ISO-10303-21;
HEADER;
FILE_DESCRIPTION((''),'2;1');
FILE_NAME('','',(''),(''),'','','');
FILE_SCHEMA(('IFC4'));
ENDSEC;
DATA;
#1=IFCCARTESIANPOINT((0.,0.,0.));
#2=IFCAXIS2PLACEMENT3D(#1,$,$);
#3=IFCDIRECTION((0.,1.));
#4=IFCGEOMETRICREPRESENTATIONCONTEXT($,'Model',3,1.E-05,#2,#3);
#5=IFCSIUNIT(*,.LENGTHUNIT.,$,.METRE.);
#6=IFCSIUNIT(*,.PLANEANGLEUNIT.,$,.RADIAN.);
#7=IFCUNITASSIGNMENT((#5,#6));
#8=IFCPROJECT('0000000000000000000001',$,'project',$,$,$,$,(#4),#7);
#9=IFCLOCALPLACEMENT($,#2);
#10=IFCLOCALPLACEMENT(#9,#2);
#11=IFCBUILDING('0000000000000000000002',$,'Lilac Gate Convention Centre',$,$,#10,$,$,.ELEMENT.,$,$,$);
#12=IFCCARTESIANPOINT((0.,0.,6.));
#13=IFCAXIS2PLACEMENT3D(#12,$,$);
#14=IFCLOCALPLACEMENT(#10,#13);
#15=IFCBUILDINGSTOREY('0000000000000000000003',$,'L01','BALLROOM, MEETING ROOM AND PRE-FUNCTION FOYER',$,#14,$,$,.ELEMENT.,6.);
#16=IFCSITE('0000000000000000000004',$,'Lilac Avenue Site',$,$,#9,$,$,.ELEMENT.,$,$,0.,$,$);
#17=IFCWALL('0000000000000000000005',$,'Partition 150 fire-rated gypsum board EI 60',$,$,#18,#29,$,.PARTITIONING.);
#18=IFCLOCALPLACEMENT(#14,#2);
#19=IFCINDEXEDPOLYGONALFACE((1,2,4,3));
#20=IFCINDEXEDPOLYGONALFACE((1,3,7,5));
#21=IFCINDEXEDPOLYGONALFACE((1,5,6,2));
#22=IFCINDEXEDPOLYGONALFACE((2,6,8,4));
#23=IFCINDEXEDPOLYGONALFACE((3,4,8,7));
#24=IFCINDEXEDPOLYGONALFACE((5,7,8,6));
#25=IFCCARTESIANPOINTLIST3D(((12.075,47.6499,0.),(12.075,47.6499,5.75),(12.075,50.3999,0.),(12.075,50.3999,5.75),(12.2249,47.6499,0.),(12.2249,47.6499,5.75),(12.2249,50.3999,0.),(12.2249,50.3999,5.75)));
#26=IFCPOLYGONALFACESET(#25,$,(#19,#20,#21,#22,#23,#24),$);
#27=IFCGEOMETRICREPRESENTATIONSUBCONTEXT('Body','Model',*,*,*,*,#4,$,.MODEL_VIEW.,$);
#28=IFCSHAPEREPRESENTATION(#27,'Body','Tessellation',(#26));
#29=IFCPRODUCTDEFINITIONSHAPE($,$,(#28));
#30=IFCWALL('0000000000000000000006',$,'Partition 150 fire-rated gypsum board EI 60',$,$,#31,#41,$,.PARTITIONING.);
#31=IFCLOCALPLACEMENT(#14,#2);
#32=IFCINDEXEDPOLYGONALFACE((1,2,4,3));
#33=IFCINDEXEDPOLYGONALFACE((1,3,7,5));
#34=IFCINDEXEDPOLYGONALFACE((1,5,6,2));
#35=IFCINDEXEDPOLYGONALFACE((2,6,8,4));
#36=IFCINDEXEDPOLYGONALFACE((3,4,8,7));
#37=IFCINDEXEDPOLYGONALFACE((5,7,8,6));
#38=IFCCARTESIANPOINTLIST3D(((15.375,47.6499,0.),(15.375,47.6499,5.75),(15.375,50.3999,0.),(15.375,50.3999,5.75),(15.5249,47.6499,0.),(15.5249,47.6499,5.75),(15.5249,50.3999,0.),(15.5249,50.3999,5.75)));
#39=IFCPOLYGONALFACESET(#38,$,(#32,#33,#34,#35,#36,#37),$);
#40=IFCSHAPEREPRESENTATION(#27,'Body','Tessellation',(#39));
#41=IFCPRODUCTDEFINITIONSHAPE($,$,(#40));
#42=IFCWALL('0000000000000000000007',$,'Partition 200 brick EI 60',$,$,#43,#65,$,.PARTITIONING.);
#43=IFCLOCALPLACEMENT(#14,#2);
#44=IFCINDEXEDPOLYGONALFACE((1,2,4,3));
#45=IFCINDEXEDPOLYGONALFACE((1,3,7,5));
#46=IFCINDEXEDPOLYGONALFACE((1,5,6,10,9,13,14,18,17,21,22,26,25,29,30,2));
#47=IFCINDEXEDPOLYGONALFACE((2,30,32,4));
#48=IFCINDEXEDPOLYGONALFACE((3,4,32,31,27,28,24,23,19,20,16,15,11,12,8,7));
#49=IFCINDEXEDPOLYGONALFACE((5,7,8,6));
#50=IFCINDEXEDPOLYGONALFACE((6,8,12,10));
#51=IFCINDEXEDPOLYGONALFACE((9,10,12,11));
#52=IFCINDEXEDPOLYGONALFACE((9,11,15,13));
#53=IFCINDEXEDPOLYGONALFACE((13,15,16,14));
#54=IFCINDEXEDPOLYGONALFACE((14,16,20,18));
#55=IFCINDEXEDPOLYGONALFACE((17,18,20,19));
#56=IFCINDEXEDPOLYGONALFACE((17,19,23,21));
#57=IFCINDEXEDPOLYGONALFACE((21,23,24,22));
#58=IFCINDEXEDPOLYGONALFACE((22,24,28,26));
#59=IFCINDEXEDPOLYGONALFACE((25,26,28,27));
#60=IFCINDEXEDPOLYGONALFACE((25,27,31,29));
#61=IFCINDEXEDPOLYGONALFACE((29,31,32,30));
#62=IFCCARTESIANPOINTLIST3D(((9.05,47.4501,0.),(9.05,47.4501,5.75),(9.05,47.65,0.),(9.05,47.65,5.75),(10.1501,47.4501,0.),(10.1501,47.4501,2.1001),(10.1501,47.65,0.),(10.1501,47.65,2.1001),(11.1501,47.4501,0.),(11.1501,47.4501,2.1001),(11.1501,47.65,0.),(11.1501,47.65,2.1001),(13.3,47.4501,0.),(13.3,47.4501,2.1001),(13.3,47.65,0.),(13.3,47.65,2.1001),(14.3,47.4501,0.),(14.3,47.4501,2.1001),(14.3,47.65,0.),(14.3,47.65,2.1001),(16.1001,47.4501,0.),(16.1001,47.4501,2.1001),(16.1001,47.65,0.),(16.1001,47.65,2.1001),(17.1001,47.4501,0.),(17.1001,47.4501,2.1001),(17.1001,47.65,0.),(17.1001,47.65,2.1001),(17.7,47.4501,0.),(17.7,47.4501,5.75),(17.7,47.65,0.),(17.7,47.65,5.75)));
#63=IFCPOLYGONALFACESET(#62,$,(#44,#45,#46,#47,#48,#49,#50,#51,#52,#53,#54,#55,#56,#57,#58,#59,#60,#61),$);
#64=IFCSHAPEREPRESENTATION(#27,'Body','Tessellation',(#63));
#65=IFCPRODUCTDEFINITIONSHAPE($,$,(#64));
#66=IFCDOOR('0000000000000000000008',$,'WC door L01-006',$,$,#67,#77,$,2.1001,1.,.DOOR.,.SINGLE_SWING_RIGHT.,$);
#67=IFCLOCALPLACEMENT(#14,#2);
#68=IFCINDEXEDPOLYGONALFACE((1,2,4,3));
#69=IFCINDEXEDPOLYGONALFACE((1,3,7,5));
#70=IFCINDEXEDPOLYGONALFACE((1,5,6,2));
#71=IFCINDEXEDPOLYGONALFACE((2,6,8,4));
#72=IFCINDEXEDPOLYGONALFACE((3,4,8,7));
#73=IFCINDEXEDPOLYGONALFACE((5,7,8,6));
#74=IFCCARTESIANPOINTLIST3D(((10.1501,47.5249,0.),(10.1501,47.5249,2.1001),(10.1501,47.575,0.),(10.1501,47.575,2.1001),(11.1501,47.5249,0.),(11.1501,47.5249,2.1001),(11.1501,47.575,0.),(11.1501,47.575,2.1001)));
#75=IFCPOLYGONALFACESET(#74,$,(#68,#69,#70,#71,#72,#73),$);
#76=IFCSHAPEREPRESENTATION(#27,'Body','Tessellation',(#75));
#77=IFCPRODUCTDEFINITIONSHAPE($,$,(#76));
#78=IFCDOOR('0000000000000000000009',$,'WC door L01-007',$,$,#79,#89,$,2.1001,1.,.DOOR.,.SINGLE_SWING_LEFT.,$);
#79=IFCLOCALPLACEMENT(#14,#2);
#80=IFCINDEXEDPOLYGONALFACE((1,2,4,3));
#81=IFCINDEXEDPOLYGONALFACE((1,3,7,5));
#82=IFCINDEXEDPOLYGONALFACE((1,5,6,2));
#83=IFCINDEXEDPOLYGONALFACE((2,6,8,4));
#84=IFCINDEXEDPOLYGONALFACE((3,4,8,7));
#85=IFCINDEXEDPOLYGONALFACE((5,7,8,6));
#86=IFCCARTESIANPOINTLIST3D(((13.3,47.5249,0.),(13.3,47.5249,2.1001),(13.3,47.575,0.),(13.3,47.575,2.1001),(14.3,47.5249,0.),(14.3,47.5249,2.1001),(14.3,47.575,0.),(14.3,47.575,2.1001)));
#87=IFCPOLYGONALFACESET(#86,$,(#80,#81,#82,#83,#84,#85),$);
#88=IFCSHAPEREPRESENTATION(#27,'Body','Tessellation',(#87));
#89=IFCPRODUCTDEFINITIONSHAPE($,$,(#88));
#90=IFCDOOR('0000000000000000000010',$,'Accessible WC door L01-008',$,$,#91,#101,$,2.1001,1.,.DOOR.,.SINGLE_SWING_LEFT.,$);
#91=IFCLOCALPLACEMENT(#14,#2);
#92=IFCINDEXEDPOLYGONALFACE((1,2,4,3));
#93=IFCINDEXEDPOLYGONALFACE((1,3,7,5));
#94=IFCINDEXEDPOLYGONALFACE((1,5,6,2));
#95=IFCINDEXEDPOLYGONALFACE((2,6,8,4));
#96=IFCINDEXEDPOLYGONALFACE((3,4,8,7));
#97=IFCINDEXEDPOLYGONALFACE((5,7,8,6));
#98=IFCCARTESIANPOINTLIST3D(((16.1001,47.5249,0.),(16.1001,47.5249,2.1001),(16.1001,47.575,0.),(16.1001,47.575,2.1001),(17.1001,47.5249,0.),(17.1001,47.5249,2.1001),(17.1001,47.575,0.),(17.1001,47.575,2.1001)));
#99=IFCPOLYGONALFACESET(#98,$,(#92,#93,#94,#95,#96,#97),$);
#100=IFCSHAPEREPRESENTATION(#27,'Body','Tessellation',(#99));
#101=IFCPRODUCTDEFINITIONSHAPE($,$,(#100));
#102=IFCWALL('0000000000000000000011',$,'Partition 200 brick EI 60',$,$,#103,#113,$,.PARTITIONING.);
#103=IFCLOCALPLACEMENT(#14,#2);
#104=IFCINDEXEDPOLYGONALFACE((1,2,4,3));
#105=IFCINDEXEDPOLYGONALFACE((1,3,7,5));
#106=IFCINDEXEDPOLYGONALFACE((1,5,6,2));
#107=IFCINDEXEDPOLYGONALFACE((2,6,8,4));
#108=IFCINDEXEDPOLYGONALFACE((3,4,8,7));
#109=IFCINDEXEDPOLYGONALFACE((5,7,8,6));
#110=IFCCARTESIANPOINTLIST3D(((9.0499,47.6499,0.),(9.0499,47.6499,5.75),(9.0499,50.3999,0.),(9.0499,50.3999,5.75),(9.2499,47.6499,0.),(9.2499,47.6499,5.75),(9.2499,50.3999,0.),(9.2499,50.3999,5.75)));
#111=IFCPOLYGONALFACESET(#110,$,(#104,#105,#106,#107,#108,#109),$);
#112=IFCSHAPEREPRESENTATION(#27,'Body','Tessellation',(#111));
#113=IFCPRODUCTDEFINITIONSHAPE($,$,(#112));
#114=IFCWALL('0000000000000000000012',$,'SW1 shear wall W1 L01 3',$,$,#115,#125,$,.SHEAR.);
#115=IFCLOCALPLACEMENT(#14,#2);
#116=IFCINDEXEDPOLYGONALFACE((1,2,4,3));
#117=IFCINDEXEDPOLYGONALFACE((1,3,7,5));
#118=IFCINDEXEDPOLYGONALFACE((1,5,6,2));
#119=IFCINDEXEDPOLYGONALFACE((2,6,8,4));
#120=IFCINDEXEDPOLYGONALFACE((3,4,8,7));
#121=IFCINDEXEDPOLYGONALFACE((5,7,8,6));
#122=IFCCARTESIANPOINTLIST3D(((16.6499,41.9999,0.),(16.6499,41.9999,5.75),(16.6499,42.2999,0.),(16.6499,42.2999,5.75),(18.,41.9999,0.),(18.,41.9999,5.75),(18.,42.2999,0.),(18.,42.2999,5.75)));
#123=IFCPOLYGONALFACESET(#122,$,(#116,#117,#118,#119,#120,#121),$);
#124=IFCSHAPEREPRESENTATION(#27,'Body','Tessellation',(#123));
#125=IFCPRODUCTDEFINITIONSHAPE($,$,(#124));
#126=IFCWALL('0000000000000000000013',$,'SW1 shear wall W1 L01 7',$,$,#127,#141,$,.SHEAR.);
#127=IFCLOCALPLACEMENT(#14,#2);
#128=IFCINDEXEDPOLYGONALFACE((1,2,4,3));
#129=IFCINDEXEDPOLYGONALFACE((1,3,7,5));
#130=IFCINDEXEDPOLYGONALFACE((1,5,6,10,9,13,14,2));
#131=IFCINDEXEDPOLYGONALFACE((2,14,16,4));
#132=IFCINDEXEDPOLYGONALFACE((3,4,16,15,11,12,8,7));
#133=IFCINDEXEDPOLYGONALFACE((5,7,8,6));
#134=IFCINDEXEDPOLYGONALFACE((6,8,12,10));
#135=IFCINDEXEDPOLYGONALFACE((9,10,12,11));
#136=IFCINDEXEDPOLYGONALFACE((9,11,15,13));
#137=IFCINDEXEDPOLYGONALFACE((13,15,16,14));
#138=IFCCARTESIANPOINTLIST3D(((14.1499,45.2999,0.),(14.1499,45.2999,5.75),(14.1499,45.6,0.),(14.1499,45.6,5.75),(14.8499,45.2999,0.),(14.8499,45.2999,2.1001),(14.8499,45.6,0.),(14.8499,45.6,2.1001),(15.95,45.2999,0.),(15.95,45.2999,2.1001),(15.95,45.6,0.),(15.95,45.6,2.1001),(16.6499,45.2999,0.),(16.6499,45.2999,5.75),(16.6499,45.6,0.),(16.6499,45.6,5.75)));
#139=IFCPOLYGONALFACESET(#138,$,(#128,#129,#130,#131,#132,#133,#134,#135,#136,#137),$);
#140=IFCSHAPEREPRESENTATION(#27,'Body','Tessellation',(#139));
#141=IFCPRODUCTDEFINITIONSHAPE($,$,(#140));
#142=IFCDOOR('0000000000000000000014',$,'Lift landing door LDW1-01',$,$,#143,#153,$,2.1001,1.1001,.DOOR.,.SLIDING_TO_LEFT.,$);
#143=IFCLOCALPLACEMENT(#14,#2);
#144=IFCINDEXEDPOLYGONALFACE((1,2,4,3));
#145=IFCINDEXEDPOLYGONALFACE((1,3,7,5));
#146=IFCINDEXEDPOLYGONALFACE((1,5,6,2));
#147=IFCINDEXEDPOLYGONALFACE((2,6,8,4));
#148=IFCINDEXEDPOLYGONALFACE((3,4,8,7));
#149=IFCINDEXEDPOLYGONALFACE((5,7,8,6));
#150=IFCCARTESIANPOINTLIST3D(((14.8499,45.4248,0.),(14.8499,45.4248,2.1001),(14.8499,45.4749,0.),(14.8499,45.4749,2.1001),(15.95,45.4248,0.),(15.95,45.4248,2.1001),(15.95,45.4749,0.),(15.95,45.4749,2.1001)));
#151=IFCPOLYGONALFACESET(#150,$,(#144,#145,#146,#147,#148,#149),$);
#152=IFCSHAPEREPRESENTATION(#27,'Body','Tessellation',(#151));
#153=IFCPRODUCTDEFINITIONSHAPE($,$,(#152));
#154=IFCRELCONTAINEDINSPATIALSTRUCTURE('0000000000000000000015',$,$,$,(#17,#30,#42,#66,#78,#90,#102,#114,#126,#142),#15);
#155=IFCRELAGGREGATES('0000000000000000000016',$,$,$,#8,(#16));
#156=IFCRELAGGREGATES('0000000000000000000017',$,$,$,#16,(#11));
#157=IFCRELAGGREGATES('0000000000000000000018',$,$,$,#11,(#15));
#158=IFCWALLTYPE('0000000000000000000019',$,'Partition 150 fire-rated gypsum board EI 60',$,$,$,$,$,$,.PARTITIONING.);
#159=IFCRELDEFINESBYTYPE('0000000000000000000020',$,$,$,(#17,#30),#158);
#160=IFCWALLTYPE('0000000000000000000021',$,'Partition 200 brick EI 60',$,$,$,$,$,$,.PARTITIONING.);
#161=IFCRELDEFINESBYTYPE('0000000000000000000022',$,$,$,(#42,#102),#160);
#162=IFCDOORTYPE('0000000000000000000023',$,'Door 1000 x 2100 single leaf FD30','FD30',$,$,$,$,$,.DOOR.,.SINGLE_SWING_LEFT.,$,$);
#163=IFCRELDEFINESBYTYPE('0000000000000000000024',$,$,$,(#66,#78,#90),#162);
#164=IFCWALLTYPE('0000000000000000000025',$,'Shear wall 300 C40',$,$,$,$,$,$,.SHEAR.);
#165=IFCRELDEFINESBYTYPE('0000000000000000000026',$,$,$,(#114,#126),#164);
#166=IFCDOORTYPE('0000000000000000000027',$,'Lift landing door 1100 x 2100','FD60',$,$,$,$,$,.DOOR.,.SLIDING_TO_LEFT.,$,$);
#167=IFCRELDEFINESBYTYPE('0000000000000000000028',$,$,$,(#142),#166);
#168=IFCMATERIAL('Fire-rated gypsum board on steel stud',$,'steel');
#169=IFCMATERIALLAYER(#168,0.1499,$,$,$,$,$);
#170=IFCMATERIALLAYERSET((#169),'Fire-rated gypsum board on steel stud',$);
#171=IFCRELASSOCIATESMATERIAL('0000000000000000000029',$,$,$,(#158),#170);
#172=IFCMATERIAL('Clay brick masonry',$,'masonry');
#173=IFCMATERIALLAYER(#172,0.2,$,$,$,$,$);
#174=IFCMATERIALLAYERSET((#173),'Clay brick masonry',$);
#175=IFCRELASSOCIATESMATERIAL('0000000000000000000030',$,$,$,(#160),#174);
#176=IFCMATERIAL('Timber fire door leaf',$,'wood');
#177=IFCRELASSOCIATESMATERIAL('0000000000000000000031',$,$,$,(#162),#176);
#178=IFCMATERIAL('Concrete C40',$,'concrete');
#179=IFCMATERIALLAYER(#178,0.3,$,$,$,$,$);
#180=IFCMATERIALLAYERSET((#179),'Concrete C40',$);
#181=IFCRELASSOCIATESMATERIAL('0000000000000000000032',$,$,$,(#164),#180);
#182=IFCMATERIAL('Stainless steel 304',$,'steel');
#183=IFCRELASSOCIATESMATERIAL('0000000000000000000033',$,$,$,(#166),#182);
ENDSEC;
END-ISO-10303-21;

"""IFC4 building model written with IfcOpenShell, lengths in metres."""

from ifc_helpers import new_model, si_unit, direction, frame, frame_2d, origin, place, context, subcontext, project, spatial, rectangle, extrude, material, layer, layer_set, type_object, element, fill, save


model = new_model("IFC4")

# Units and contexts
model_context = context("Model", 3, precision=1e-05, world=origin(), true_north=direction((0.0, 1.0)))
body_context = subcontext(model_context, "Body", "Model", "MODEL_VIEW")
ifc_project = project(units=[si_unit("LENGTHUNIT", "METRE"), si_unit("PLANEANGLEUNIT", "RADIAN")], contexts=[model_context])

# Site, building, storey
site_placement = place(None, origin())
site = spatial("IfcSite", under=ifc_project, at=site_placement, Name="Lilac Avenue Site", CompositionType="ELEMENT", RefElevation=0.0)
building_placement = place(site_placement, origin())
building = spatial("IfcBuilding", under=site, at=building_placement, Name="Lilac Gate Convention Centre", CompositionType="ELEMENT")
storey_placement = place(building_placement, frame((0.0, 0.0, 6.0)))
storey = spatial("IfcBuildingStorey", under=building, at=storey_placement, Name="L01", Description="BALLROOM, MEETING ROOM AND PRE-FUNCTION FOYER", CompositionType="ELEMENT", Elevation=6.0)

# Walls
ifc_material_1 = material(Name="Fire-rated gypsum board on steel stud", Category="steel")
ifc_layer_1 = layer(ifc_material_1, 0.1499)
ifc_layer_set_1 = layer_set([ifc_layer_1], Name="Fire-rated gypsum board on steel stud")
wall_type_1 = type_object("IfcWallType", Name="Partition 150 fire-rated gypsum board EI 60", PredefinedType="PARTITIONING", material=ifc_layer_set_1)
for number, where, z_axis, x_axis, name in (
    (1, (12.1499, 47.6499, 0.0), (0.0, 0.0, 1.0), (0.0, 1.0, 0.0), "Partition 150 fire-rated gypsum board EI 60"),
    (2, (15.45, 47.6499, 0.0), (0.0, 0.0, 1.0), (0.0, 1.0, 0.0), "Partition 150 fire-rated gypsum board EI 60"),
):
    element("IfcWall", number, at=place(storey_placement, frame(where, z_axis=z_axis, x_axis=x_axis)), inside=storey, type_object=wall_type_1, Name=name, PredefinedType="PARTITIONING", context=body_context, shape_type="SweptSolid", body=[
        extrude(rectangle(XDim=2.75, YDim=0.1499, at=frame_2d((1.375, 0.0))), origin(), (0.0, 0.0, 1.0), 5.75),
    ])

# Wall, openings, doors
ifc_material_2 = material(Name="Clay brick masonry", Category="masonry")
ifc_layer_2 = layer(ifc_material_2, 0.2)
ifc_layer_set_2 = layer_set([ifc_layer_2], Name="Clay brick masonry")
wall_type_2 = type_object("IfcWallType", Name="Partition 200 brick EI 60", PredefinedType="PARTITIONING", material=ifc_layer_set_2)
wall_1_placement = place(storey_placement, frame((9.05, 47.55, 0.0), z_axis=(0.0, 0.0, 1.0), x_axis=(1.0, 0.0, 0.0)))
wall_1 = element("IfcWall", 3, at=wall_1_placement, inside=storey, type_object=wall_type_2, Name="Partition 200 brick EI 60", PredefinedType="PARTITIONING", context=body_context, shape_type="SweptSolid", body=[
    extrude(rectangle(XDim=8.6499, YDim=0.2, at=frame_2d((4.325, 0.0))), origin(), (0.0, 0.0, 1.0), 5.75),
])
opening_1_placement = place(wall_1_placement, frame((1.1001, 0.0, 0.0)))
opening_1 = element("IfcOpeningElement", 4, at=opening_1_placement, cuts=wall_1, PredefinedType="OPENING", context=body_context, shape_type="SweptSolid", body=[
    extrude(rectangle(XDim=1.0, YDim=2.1001, at=frame_2d((0.5, 1.05))), frame((0.0, 0.1099, 0.0), z_axis=(0.0, -1.0, 0.0), x_axis=(1.0, 0.0, 0.0)), (0.0, 0.0, 1.0), 0.22),
])
opening_2_placement = place(wall_1_placement, frame((4.25, 0.0, 0.0)))
opening_2 = element("IfcOpeningElement", 5, at=opening_2_placement, cuts=wall_1, PredefinedType="OPENING", context=body_context, shape_type="SweptSolid", body=[
    extrude(rectangle(XDim=1.0, YDim=2.1001, at=frame_2d((0.5, 1.05))), frame((0.0, 0.1099, 0.0), z_axis=(0.0, -1.0, 0.0), x_axis=(1.0, 0.0, 0.0)), (0.0, 0.0, 1.0), 0.22),
])
opening_3_placement = place(wall_1_placement, frame((7.05, 0.0, 0.0)))
opening_3 = element("IfcOpeningElement", 6, at=opening_3_placement, cuts=wall_1, PredefinedType="OPENING", context=body_context, shape_type="SweptSolid", body=[
    extrude(rectangle(XDim=1.0, YDim=2.1001, at=frame_2d((0.5, 1.05))), frame((0.0, 0.1099, 0.0), z_axis=(0.0, -1.0, 0.0), x_axis=(1.0, 0.0, 0.0)), (0.0, 0.0, 1.0), 0.22),
])
ifc_material_3 = material(Name="Timber fire door leaf", Category="wood")
door_type_1 = type_object("IfcDoorType", Name="Door 1000 x 2100 single leaf FD30", Description="FD30", OperationType="SINGLE_SWING_LEFT", PredefinedType="DOOR", material=ifc_material_3)
door_1_placement = place(opening_1_placement, origin())
door_1 = element("IfcDoor", 7, at=door_1_placement, inside=storey, type_object=door_type_1, Name="WC door L01-006", OperationType="SINGLE_SWING_RIGHT", OverallHeight=2.1001, OverallWidth=1.0, PredefinedType="DOOR", context=body_context, shape_type="SweptSolid", body=[
    extrude(rectangle(XDim=1.0, YDim=2.1001, at=frame_2d((0.5, 1.05))), frame((0.0, 0.0249, 0.0), z_axis=(0.0, -1.0, 0.0), x_axis=(1.0, 0.0, 0.0)), (0.0, 0.0, 1.0), 0.05),
])
fill(opening_1, door_1)
door_2_placement = place(opening_2_placement, origin())
door_2 = element("IfcDoor", 8, at=door_2_placement, inside=storey, type_object=door_type_1, Name="WC door L01-007", OperationType="SINGLE_SWING_LEFT", OverallHeight=2.1001, OverallWidth=1.0, PredefinedType="DOOR", context=body_context, shape_type="SweptSolid", body=[
    extrude(rectangle(XDim=1.0, YDim=2.1001, at=frame_2d((0.5, 1.05))), frame((0.0, 0.0249, 0.0), z_axis=(0.0, -1.0, 0.0), x_axis=(1.0, 0.0, 0.0)), (0.0, 0.0, 1.0), 0.05),
])
fill(opening_2, door_2)
door_3_placement = place(opening_3_placement, origin())
door_3 = element("IfcDoor", 9, at=door_3_placement, inside=storey, type_object=door_type_1, Name="Accessible WC door L01-008", OperationType="SINGLE_SWING_LEFT", OverallHeight=2.1001, OverallWidth=1.0, PredefinedType="DOOR", context=body_context, shape_type="SweptSolid", body=[
    extrude(rectangle(XDim=1.0, YDim=2.1001, at=frame_2d((0.5, 1.05))), frame((0.0, 0.0249, 0.0), z_axis=(0.0, -1.0, 0.0), x_axis=(1.0, 0.0, 0.0)), (0.0, 0.0, 1.0), 0.05),
])
fill(opening_3, door_3)

# Walls
wall_2_placement = place(storey_placement, frame((9.1499, 47.6499, 0.0), z_axis=(0.0, 0.0, 1.0), x_axis=(0.0, 1.0, 0.0)))
element("IfcWall", 10, at=wall_2_placement, inside=storey, type_object=wall_type_2, Name="Partition 200 brick EI 60", PredefinedType="PARTITIONING", context=body_context, shape_type="SweptSolid", body=[
    extrude(rectangle(XDim=2.75, YDim=0.2, at=frame_2d((1.375, 0.0))), origin(), (0.0, 0.0, 1.0), 5.75),
])
ifc_material_4 = material(Name="Concrete C40", Category="concrete")
ifc_layer_3 = layer(ifc_material_4, 0.3)
ifc_layer_set_3 = layer_set([ifc_layer_3], Name="Concrete C40")
wall_type_3 = type_object("IfcWallType", Name="Shear wall 300 C40", PredefinedType="SHEAR", material=ifc_layer_set_3)
wall_3_placement = place(storey_placement, frame((16.6499, 42.1499, 0.0), z_axis=(0.0, 0.0, 1.0), x_axis=(1.0, 0.0, 0.0)))
element("IfcWall", 11, at=wall_3_placement, inside=storey, type_object=wall_type_3, Name="SW1 shear wall W1 L01 3", PredefinedType="SHEAR", context=body_context, shape_type="SweptSolid", body=[
    extrude(rectangle(XDim=1.3501, YDim=0.3, at=frame_2d((0.675, 0.0))), origin(), (0.0, 0.0, 1.0), 5.75),
])

# Wall, opening, door
wall_4_placement = place(storey_placement, frame((14.1499, 45.45, 0.0), z_axis=(0.0, 0.0, 1.0), x_axis=(1.0, 0.0, 0.0)))
wall_4 = element("IfcWall", 12, at=wall_4_placement, inside=storey, type_object=wall_type_3, Name="SW1 shear wall W1 L01 7", PredefinedType="SHEAR", context=body_context, shape_type="SweptSolid", body=[
    extrude(rectangle(XDim=2.5, YDim=0.3, at=frame_2d((1.25, 0.0))), origin(), (0.0, 0.0, 1.0), 5.75),
])
opening_4_placement = place(wall_4_placement, frame((0.7, 0.0, 0.0)))
opening_4 = element("IfcOpeningElement", 13, at=opening_4_placement, cuts=wall_4, PredefinedType="OPENING", context=body_context, shape_type="SweptSolid", body=[
    extrude(rectangle(XDim=1.1001, YDim=2.1001, at=frame_2d((0.55, 1.05))), frame((0.0, 0.1599, 0.0), z_axis=(0.0, -1.0, 0.0), x_axis=(1.0, 0.0, 0.0)), (0.0, 0.0, 1.0), 0.3201),
])
ifc_material_5 = material(Name="Stainless steel 304", Category="steel")
door_type_2 = type_object("IfcDoorType", Name="Lift landing door 1100 x 2100", Description="FD60", OperationType="SLIDING_TO_LEFT", PredefinedType="DOOR", material=ifc_material_5)
door_4_placement = place(opening_4_placement, origin())
door_4 = element("IfcDoor", 14, at=door_4_placement, inside=storey, type_object=door_type_2, Name="Lift landing door LDW1-01", OperationType="SLIDING_TO_LEFT", OverallHeight=2.1001, OverallWidth=1.1001, PredefinedType="DOOR", context=body_context, shape_type="SweptSolid", body=[
    extrude(rectangle(XDim=1.1001, YDim=2.1001, at=frame_2d((0.55, 1.05))), frame((0.0, 0.0249, 0.0), z_axis=(0.0, -1.0, 0.0), x_axis=(1.0, 0.0, 0.0)), (0.0, 0.0, 1.0), 0.05),
])
fill(opening_4, door_4)

save(model, "model.ifc")
